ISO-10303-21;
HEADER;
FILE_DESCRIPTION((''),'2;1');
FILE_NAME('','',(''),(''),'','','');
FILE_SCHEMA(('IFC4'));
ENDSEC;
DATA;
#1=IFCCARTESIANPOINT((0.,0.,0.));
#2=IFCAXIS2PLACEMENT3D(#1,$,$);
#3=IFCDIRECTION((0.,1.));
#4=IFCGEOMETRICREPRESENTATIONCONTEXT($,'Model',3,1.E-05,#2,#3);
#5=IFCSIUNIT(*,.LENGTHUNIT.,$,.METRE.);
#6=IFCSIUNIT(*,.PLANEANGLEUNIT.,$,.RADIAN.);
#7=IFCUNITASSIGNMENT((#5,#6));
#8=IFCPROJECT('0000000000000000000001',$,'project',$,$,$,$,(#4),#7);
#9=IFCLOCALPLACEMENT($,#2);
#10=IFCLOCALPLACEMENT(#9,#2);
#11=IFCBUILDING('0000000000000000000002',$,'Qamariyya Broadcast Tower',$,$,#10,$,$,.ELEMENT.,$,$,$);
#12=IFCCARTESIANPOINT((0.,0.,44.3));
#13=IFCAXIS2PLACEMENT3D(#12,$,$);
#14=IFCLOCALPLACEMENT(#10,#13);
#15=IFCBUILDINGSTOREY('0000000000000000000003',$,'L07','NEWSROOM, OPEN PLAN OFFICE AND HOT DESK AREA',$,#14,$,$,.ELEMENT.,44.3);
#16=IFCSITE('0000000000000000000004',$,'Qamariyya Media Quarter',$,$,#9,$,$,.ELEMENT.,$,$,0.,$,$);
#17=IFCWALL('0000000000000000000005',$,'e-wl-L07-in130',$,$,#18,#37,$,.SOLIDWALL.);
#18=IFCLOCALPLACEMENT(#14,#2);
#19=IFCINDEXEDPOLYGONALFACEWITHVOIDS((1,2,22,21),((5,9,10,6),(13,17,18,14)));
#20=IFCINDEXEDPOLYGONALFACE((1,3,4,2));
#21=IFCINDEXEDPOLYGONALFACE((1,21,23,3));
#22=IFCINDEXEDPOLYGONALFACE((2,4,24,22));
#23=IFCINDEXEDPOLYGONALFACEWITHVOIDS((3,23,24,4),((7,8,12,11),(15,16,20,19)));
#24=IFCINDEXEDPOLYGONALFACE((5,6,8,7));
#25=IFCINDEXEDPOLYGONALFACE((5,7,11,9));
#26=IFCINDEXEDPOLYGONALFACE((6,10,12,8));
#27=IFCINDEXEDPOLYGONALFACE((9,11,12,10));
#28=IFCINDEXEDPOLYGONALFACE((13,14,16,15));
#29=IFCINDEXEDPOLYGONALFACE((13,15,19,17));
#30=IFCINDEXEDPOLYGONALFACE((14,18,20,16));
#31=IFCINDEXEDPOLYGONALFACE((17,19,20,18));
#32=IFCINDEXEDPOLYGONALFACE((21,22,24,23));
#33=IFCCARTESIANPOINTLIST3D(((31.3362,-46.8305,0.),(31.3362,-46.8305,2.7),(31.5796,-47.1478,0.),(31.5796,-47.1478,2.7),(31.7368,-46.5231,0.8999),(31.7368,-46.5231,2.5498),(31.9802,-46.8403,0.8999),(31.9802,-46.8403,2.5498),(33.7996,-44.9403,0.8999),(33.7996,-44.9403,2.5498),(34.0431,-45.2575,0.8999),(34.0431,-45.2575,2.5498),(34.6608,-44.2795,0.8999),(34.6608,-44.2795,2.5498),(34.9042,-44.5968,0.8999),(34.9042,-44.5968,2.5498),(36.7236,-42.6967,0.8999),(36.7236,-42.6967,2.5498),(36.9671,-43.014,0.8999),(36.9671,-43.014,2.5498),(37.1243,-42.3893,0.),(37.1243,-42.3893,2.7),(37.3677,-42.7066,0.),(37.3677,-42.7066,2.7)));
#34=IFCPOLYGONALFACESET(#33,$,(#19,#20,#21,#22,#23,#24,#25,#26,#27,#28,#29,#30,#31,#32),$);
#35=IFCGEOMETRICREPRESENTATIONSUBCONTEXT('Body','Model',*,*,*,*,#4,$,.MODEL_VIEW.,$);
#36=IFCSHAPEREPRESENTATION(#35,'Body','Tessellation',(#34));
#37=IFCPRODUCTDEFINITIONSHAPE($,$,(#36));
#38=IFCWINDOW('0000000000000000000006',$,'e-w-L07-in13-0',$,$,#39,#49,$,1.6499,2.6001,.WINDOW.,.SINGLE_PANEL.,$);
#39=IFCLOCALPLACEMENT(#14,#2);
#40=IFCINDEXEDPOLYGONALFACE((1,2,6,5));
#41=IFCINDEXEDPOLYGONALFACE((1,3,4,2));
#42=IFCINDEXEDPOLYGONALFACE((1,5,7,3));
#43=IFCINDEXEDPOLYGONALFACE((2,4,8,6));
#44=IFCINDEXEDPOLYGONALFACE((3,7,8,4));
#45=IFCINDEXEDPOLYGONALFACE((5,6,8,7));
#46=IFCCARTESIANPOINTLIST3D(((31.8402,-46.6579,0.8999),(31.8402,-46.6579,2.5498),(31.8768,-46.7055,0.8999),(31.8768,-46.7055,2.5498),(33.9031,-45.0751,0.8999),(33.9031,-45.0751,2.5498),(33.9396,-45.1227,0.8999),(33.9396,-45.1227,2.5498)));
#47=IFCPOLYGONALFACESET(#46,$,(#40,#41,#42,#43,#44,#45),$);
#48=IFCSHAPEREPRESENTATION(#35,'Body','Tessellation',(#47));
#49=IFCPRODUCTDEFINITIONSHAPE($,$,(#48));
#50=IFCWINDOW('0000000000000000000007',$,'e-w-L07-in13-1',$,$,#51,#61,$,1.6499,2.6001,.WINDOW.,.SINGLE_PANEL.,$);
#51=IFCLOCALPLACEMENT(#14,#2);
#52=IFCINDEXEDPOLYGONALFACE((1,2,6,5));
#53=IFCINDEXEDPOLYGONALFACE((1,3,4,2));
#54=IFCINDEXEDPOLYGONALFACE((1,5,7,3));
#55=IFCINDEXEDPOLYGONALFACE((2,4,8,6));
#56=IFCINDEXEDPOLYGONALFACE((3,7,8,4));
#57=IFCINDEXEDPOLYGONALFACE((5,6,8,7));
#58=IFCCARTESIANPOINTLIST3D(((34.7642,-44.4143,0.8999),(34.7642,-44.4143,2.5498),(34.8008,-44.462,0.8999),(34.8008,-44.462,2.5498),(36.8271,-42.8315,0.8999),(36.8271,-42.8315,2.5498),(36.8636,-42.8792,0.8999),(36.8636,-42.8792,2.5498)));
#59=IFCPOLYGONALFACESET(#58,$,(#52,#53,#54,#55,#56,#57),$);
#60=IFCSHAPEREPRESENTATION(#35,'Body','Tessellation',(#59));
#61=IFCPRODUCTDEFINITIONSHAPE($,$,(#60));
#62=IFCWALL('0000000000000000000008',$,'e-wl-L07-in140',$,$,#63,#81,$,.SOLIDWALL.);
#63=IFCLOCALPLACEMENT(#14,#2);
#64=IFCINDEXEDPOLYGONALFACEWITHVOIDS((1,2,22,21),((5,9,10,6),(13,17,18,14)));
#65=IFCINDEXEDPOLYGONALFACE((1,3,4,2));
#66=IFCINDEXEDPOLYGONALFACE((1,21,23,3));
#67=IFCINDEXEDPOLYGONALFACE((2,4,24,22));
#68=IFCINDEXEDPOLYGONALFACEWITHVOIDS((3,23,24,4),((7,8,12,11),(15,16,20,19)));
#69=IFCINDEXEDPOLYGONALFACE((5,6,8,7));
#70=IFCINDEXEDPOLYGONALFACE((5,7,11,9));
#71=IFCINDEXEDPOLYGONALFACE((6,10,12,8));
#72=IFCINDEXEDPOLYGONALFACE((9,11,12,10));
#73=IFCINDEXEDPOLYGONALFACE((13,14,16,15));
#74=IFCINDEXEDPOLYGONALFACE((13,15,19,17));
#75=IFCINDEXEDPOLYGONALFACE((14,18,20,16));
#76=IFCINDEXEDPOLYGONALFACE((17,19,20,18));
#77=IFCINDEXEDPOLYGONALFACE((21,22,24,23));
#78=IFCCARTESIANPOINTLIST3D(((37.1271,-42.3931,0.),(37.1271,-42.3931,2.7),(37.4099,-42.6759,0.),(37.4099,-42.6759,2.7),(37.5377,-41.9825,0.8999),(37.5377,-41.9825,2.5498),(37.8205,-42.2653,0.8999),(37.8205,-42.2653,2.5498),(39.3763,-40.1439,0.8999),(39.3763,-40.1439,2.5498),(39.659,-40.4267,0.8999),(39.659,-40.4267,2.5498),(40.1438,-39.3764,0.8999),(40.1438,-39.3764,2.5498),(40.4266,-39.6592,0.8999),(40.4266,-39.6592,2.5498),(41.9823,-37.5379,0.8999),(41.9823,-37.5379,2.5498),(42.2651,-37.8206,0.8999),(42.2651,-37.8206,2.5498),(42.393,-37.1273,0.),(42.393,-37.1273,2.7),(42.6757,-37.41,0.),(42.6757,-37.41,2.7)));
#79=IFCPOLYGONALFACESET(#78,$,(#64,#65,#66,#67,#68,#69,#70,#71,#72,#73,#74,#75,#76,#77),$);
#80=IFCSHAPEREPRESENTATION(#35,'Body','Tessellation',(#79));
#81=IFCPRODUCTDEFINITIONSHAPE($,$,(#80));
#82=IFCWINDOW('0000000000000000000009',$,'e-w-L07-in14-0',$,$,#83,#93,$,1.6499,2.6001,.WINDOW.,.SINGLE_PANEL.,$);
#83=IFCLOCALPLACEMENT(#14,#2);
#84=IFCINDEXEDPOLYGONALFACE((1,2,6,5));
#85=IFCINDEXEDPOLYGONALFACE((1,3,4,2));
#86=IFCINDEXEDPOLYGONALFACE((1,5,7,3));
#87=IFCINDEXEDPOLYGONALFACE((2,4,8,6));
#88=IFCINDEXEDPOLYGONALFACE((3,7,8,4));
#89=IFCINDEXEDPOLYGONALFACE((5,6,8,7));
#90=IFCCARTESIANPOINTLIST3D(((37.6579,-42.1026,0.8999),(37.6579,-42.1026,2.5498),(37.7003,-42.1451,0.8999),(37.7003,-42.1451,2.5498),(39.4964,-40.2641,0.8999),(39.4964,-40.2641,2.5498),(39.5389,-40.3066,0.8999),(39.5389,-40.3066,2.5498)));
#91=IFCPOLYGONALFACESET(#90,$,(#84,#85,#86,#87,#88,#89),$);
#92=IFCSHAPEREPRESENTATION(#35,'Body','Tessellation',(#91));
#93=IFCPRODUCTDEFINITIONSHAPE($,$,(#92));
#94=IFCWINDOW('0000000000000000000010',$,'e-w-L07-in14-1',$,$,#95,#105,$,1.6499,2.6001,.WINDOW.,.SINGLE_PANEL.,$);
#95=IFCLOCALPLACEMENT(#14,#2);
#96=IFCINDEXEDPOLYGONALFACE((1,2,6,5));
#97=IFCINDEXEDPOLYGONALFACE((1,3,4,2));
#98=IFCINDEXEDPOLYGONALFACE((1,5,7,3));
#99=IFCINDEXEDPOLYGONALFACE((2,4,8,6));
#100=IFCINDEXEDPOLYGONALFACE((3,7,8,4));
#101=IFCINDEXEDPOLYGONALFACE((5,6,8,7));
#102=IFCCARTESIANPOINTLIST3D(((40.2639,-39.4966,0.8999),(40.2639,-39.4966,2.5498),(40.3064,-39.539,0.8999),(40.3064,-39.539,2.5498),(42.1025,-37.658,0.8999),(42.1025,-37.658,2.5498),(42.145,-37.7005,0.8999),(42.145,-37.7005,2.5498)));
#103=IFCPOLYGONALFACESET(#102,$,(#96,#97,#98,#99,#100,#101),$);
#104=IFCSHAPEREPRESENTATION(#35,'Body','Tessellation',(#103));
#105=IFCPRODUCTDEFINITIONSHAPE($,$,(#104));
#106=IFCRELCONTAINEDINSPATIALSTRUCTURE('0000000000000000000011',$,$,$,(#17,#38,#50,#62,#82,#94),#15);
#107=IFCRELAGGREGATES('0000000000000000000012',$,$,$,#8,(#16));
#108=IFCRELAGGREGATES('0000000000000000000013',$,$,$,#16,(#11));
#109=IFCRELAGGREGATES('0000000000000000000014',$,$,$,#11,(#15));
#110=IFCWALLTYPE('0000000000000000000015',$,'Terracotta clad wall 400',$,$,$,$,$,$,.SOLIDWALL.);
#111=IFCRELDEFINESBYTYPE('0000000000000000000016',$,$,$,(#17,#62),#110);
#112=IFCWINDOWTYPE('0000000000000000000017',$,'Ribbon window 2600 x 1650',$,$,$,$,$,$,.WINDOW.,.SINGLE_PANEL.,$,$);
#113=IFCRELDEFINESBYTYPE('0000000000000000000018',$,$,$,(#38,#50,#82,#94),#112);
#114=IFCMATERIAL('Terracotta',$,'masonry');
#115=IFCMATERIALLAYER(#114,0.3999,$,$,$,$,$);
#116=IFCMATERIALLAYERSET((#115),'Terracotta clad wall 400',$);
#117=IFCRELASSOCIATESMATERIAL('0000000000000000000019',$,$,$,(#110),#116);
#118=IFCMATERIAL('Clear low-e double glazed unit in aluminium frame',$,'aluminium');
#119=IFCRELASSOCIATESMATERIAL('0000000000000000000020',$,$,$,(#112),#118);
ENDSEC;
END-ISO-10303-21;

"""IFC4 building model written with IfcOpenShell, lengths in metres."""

from ifc_helpers import new_model, si_unit, direction, frame, frame_2d, origin, place, context, subcontext, project, spatial, rectangle, extrude, material, layer, layer_set, type_object, element, fill, save


model = new_model("IFC4")

# Units and contexts
model_context = context("Model", 3, precision=1e-05, world=origin(), true_north=direction((0.0, 1.0)))
body_context = subcontext(model_context, "Body", "Model", "MODEL_VIEW")
ifc_project = project(units=[si_unit("LENGTHUNIT", "METRE"), si_unit("PLANEANGLEUNIT", "RADIAN")], contexts=[model_context])

# Site, building, storey
site_placement = place(None, origin())
site = spatial("IfcSite", under=ifc_project, at=site_placement, Name="Qamariyya Media Quarter", CompositionType="ELEMENT", RefElevation=0.0)
building_placement = place(site_placement, origin())
building = spatial("IfcBuilding", under=site, at=building_placement, Name="Qamariyya Broadcast Tower", CompositionType="ELEMENT")
storey_placement = place(building_placement, frame((0.0, 0.0, 44.3)))
storey = spatial("IfcBuildingStorey", under=building, at=storey_placement, Name="L07", Description="NEWSROOM, OPEN PLAN OFFICE AND HOT DESK AREA", CompositionType="ELEMENT", Elevation=44.3)

# Walls, openings, windows
ifc_material_1 = material(Name="Terracotta", Category="masonry")
ifc_layer_1 = layer(ifc_material_1, 0.3999)
ifc_layer_set_1 = layer_set([ifc_layer_1], Name="Terracotta clad wall 400")
wall_type_1 = type_object("IfcWallType", Name="Terracotta clad wall 400", PredefinedType="SOLIDWALL", material=ifc_layer_set_1)
wall_1_placement = place(storey_placement, frame((37.2461, -42.5479, 0.0), z_axis=(0.0, 0.0, 1.0), x_axis=(-0.793366, -0.608745, 0.0)))
wall_1 = element("IfcWall", 1, at=wall_1_placement, inside=storey, type_object=wall_type_1, Name="e-wl-L07-in130", PredefinedType="SOLIDWALL", context=body_context, shape_type="SweptSolid", body=[
    extrude(rectangle(XDim=7.2957, YDim=0.3999, at=frame_2d((3.6479, 0.0))), origin(), (0.0, 0.0, 1.0), 2.7),
])
opening_1_placement = place(wall_1_placement, frame((4.1907, 0.0, 0.8999)))
opening_1 = element("IfcOpeningElement", 2, at=opening_1_placement, cuts=wall_1, PredefinedType="OPENING", context=body_context, shape_type="SweptSolid", body=[
    extrude(rectangle(XDim=2.6001, YDim=1.6499, at=frame_2d((1.3, 0.825))), frame((0.0, 0.21, 0.0), z_axis=(0.0, -1.0, 0.0), x_axis=(1.0, 0.0, 0.0)), (0.0, 0.0, 1.0), 0.4199),
])
opening_2_placement = place(wall_1_placement, frame((0.5051, 0.0, 0.8999)))
opening_2 = element("IfcOpeningElement", 3, at=opening_2_placement, cuts=wall_1, PredefinedType="OPENING", context=body_context, shape_type="SweptSolid", body=[
    extrude(rectangle(XDim=2.6001, YDim=1.6499, at=frame_2d((1.3, 0.825))), frame((0.0, 0.21, 0.0), z_axis=(0.0, -1.0, 0.0), x_axis=(1.0, 0.0, 0.0)), (0.0, 0.0, 1.0), 0.4199),
])
ifc_material_2 = material(Name="Clear low-e double glazed unit in aluminium frame", Category="aluminium")
window_type = type_object("IfcWindowType", Name="Ribbon window 2600 x 1650", PartitioningType="SINGLE_PANEL", PredefinedType="WINDOW", material=ifc_material_2)
window_1_placement = place(opening_1_placement, origin())
window_1 = element("IfcWindow", 4, at=window_1_placement, inside=storey, type_object=window_type, Name="e-w-L07-in13-0", OverallHeight=1.6499, OverallWidth=2.6001, PartitioningType="SINGLE_PANEL", PredefinedType="WINDOW", context=body_context, shape_type="SweptSolid", body=[
    extrude(rectangle(XDim=2.6001, YDim=1.6499, at=frame_2d((1.3, 0.825))), frame((0.0, 0.03, 0.0), z_axis=(0.0, -1.0, 0.0), x_axis=(1.0, 0.0, 0.0)), (0.0, 0.0, 1.0), 0.0601),
])
fill(opening_1, window_1)
window_2_placement = place(opening_2_placement, origin())
window_2 = element("IfcWindow", 5, at=window_2_placement, inside=storey, type_object=window_type, Name="e-w-L07-in13-1", OverallHeight=1.6499, OverallWidth=2.6001, PartitioningType="SINGLE_PANEL", PredefinedType="WINDOW", context=body_context, shape_type="SweptSolid", body=[
    extrude(rectangle(XDim=2.6001, YDim=1.6499, at=frame_2d((1.3, 0.825))), frame((0.0, 0.03, 0.0), z_axis=(0.0, -1.0, 0.0), x_axis=(1.0, 0.0, 0.0)), (0.0, 0.0, 1.0), 0.0601),
])
fill(opening_2, window_2)
wall_2_placement = place(storey_placement, frame((42.5344, -37.2686, 0.0), z_axis=(0.0, 0.0, 1.0), x_axis=(-0.707107, -0.707107, 0.0)))
wall_2 = element("IfcWall", 6, at=wall_2_placement, inside=storey, type_object=wall_type_1, Name="e-wl-L07-in140", PredefinedType="SOLIDWALL", context=body_context, shape_type="SweptSolid", body=[
    extrude(rectangle(XDim=7.447, YDim=0.3999, at=frame_2d((3.7236, 0.0))), origin(), (0.0, 0.0, 1.0), 2.7),
])
opening_3_placement = place(wall_2_placement, frame((4.2664, 0.0, 0.8999)))
opening_3 = element("IfcOpeningElement", 7, at=opening_3_placement, cuts=wall_2, PredefinedType="OPENING", context=body_context, shape_type="SweptSolid", body=[
    extrude(rectangle(XDim=2.6001, YDim=1.6499, at=frame_2d((1.3, 0.825))), frame((0.0, 0.21, 0.0), z_axis=(0.0, -1.0, 0.0), x_axis=(1.0, 0.0, 0.0)), (0.0, 0.0, 1.0), 0.4199),
])
opening_4_placement = place(wall_2_placement, frame((0.5808, 0.0, 0.8999)))
opening_4 = element("IfcOpeningElement", 8, at=opening_4_placement, cuts=wall_2, PredefinedType="OPENING", context=body_context, shape_type="SweptSolid", body=[
    extrude(rectangle(XDim=2.6001, YDim=1.6499, at=frame_2d((1.3, 0.825))), frame((0.0, 0.21, 0.0), z_axis=(0.0, -1.0, 0.0), x_axis=(1.0, 0.0, 0.0)), (0.0, 0.0, 1.0), 0.4199),
])
window_3_placement = place(opening_3_placement, origin())
window_3 = element("IfcWindow", 9, at=window_3_placement, inside=storey, type_object=window_type, Name="e-w-L07-in14-0", OverallHeight=1.6499, OverallWidth=2.6001, PartitioningType="SINGLE_PANEL", PredefinedType="WINDOW", context=body_context, shape_type="SweptSolid", body=[
    extrude(rectangle(XDim=2.6001, YDim=1.6499, at=frame_2d((1.3, 0.825))), frame((0.0, 0.03, 0.0), z_axis=(0.0, -1.0, 0.0), x_axis=(1.0, 0.0, 0.0)), (0.0, 0.0, 1.0), 0.0601),
])
fill(opening_3, window_3)
window_4_placement = place(opening_4_placement, origin())
window_4 = element("IfcWindow", 10, at=window_4_placement, inside=storey, type_object=window_type, Name="e-w-L07-in14-1", OverallHeight=1.6499, OverallWidth=2.6001, PartitioningType="SINGLE_PANEL", PredefinedType="WINDOW", context=body_context, shape_type="SweptSolid", body=[
    extrude(rectangle(XDim=2.6001, YDim=1.6499, at=frame_2d((1.3, 0.825))), frame((0.0, 0.03, 0.0), z_axis=(0.0, -1.0, 0.0), x_axis=(1.0, 0.0, 0.0)), (0.0, 0.0, 1.0), 0.0601),
])
fill(opening_4, window_4)

save(model, "model.ifc")
